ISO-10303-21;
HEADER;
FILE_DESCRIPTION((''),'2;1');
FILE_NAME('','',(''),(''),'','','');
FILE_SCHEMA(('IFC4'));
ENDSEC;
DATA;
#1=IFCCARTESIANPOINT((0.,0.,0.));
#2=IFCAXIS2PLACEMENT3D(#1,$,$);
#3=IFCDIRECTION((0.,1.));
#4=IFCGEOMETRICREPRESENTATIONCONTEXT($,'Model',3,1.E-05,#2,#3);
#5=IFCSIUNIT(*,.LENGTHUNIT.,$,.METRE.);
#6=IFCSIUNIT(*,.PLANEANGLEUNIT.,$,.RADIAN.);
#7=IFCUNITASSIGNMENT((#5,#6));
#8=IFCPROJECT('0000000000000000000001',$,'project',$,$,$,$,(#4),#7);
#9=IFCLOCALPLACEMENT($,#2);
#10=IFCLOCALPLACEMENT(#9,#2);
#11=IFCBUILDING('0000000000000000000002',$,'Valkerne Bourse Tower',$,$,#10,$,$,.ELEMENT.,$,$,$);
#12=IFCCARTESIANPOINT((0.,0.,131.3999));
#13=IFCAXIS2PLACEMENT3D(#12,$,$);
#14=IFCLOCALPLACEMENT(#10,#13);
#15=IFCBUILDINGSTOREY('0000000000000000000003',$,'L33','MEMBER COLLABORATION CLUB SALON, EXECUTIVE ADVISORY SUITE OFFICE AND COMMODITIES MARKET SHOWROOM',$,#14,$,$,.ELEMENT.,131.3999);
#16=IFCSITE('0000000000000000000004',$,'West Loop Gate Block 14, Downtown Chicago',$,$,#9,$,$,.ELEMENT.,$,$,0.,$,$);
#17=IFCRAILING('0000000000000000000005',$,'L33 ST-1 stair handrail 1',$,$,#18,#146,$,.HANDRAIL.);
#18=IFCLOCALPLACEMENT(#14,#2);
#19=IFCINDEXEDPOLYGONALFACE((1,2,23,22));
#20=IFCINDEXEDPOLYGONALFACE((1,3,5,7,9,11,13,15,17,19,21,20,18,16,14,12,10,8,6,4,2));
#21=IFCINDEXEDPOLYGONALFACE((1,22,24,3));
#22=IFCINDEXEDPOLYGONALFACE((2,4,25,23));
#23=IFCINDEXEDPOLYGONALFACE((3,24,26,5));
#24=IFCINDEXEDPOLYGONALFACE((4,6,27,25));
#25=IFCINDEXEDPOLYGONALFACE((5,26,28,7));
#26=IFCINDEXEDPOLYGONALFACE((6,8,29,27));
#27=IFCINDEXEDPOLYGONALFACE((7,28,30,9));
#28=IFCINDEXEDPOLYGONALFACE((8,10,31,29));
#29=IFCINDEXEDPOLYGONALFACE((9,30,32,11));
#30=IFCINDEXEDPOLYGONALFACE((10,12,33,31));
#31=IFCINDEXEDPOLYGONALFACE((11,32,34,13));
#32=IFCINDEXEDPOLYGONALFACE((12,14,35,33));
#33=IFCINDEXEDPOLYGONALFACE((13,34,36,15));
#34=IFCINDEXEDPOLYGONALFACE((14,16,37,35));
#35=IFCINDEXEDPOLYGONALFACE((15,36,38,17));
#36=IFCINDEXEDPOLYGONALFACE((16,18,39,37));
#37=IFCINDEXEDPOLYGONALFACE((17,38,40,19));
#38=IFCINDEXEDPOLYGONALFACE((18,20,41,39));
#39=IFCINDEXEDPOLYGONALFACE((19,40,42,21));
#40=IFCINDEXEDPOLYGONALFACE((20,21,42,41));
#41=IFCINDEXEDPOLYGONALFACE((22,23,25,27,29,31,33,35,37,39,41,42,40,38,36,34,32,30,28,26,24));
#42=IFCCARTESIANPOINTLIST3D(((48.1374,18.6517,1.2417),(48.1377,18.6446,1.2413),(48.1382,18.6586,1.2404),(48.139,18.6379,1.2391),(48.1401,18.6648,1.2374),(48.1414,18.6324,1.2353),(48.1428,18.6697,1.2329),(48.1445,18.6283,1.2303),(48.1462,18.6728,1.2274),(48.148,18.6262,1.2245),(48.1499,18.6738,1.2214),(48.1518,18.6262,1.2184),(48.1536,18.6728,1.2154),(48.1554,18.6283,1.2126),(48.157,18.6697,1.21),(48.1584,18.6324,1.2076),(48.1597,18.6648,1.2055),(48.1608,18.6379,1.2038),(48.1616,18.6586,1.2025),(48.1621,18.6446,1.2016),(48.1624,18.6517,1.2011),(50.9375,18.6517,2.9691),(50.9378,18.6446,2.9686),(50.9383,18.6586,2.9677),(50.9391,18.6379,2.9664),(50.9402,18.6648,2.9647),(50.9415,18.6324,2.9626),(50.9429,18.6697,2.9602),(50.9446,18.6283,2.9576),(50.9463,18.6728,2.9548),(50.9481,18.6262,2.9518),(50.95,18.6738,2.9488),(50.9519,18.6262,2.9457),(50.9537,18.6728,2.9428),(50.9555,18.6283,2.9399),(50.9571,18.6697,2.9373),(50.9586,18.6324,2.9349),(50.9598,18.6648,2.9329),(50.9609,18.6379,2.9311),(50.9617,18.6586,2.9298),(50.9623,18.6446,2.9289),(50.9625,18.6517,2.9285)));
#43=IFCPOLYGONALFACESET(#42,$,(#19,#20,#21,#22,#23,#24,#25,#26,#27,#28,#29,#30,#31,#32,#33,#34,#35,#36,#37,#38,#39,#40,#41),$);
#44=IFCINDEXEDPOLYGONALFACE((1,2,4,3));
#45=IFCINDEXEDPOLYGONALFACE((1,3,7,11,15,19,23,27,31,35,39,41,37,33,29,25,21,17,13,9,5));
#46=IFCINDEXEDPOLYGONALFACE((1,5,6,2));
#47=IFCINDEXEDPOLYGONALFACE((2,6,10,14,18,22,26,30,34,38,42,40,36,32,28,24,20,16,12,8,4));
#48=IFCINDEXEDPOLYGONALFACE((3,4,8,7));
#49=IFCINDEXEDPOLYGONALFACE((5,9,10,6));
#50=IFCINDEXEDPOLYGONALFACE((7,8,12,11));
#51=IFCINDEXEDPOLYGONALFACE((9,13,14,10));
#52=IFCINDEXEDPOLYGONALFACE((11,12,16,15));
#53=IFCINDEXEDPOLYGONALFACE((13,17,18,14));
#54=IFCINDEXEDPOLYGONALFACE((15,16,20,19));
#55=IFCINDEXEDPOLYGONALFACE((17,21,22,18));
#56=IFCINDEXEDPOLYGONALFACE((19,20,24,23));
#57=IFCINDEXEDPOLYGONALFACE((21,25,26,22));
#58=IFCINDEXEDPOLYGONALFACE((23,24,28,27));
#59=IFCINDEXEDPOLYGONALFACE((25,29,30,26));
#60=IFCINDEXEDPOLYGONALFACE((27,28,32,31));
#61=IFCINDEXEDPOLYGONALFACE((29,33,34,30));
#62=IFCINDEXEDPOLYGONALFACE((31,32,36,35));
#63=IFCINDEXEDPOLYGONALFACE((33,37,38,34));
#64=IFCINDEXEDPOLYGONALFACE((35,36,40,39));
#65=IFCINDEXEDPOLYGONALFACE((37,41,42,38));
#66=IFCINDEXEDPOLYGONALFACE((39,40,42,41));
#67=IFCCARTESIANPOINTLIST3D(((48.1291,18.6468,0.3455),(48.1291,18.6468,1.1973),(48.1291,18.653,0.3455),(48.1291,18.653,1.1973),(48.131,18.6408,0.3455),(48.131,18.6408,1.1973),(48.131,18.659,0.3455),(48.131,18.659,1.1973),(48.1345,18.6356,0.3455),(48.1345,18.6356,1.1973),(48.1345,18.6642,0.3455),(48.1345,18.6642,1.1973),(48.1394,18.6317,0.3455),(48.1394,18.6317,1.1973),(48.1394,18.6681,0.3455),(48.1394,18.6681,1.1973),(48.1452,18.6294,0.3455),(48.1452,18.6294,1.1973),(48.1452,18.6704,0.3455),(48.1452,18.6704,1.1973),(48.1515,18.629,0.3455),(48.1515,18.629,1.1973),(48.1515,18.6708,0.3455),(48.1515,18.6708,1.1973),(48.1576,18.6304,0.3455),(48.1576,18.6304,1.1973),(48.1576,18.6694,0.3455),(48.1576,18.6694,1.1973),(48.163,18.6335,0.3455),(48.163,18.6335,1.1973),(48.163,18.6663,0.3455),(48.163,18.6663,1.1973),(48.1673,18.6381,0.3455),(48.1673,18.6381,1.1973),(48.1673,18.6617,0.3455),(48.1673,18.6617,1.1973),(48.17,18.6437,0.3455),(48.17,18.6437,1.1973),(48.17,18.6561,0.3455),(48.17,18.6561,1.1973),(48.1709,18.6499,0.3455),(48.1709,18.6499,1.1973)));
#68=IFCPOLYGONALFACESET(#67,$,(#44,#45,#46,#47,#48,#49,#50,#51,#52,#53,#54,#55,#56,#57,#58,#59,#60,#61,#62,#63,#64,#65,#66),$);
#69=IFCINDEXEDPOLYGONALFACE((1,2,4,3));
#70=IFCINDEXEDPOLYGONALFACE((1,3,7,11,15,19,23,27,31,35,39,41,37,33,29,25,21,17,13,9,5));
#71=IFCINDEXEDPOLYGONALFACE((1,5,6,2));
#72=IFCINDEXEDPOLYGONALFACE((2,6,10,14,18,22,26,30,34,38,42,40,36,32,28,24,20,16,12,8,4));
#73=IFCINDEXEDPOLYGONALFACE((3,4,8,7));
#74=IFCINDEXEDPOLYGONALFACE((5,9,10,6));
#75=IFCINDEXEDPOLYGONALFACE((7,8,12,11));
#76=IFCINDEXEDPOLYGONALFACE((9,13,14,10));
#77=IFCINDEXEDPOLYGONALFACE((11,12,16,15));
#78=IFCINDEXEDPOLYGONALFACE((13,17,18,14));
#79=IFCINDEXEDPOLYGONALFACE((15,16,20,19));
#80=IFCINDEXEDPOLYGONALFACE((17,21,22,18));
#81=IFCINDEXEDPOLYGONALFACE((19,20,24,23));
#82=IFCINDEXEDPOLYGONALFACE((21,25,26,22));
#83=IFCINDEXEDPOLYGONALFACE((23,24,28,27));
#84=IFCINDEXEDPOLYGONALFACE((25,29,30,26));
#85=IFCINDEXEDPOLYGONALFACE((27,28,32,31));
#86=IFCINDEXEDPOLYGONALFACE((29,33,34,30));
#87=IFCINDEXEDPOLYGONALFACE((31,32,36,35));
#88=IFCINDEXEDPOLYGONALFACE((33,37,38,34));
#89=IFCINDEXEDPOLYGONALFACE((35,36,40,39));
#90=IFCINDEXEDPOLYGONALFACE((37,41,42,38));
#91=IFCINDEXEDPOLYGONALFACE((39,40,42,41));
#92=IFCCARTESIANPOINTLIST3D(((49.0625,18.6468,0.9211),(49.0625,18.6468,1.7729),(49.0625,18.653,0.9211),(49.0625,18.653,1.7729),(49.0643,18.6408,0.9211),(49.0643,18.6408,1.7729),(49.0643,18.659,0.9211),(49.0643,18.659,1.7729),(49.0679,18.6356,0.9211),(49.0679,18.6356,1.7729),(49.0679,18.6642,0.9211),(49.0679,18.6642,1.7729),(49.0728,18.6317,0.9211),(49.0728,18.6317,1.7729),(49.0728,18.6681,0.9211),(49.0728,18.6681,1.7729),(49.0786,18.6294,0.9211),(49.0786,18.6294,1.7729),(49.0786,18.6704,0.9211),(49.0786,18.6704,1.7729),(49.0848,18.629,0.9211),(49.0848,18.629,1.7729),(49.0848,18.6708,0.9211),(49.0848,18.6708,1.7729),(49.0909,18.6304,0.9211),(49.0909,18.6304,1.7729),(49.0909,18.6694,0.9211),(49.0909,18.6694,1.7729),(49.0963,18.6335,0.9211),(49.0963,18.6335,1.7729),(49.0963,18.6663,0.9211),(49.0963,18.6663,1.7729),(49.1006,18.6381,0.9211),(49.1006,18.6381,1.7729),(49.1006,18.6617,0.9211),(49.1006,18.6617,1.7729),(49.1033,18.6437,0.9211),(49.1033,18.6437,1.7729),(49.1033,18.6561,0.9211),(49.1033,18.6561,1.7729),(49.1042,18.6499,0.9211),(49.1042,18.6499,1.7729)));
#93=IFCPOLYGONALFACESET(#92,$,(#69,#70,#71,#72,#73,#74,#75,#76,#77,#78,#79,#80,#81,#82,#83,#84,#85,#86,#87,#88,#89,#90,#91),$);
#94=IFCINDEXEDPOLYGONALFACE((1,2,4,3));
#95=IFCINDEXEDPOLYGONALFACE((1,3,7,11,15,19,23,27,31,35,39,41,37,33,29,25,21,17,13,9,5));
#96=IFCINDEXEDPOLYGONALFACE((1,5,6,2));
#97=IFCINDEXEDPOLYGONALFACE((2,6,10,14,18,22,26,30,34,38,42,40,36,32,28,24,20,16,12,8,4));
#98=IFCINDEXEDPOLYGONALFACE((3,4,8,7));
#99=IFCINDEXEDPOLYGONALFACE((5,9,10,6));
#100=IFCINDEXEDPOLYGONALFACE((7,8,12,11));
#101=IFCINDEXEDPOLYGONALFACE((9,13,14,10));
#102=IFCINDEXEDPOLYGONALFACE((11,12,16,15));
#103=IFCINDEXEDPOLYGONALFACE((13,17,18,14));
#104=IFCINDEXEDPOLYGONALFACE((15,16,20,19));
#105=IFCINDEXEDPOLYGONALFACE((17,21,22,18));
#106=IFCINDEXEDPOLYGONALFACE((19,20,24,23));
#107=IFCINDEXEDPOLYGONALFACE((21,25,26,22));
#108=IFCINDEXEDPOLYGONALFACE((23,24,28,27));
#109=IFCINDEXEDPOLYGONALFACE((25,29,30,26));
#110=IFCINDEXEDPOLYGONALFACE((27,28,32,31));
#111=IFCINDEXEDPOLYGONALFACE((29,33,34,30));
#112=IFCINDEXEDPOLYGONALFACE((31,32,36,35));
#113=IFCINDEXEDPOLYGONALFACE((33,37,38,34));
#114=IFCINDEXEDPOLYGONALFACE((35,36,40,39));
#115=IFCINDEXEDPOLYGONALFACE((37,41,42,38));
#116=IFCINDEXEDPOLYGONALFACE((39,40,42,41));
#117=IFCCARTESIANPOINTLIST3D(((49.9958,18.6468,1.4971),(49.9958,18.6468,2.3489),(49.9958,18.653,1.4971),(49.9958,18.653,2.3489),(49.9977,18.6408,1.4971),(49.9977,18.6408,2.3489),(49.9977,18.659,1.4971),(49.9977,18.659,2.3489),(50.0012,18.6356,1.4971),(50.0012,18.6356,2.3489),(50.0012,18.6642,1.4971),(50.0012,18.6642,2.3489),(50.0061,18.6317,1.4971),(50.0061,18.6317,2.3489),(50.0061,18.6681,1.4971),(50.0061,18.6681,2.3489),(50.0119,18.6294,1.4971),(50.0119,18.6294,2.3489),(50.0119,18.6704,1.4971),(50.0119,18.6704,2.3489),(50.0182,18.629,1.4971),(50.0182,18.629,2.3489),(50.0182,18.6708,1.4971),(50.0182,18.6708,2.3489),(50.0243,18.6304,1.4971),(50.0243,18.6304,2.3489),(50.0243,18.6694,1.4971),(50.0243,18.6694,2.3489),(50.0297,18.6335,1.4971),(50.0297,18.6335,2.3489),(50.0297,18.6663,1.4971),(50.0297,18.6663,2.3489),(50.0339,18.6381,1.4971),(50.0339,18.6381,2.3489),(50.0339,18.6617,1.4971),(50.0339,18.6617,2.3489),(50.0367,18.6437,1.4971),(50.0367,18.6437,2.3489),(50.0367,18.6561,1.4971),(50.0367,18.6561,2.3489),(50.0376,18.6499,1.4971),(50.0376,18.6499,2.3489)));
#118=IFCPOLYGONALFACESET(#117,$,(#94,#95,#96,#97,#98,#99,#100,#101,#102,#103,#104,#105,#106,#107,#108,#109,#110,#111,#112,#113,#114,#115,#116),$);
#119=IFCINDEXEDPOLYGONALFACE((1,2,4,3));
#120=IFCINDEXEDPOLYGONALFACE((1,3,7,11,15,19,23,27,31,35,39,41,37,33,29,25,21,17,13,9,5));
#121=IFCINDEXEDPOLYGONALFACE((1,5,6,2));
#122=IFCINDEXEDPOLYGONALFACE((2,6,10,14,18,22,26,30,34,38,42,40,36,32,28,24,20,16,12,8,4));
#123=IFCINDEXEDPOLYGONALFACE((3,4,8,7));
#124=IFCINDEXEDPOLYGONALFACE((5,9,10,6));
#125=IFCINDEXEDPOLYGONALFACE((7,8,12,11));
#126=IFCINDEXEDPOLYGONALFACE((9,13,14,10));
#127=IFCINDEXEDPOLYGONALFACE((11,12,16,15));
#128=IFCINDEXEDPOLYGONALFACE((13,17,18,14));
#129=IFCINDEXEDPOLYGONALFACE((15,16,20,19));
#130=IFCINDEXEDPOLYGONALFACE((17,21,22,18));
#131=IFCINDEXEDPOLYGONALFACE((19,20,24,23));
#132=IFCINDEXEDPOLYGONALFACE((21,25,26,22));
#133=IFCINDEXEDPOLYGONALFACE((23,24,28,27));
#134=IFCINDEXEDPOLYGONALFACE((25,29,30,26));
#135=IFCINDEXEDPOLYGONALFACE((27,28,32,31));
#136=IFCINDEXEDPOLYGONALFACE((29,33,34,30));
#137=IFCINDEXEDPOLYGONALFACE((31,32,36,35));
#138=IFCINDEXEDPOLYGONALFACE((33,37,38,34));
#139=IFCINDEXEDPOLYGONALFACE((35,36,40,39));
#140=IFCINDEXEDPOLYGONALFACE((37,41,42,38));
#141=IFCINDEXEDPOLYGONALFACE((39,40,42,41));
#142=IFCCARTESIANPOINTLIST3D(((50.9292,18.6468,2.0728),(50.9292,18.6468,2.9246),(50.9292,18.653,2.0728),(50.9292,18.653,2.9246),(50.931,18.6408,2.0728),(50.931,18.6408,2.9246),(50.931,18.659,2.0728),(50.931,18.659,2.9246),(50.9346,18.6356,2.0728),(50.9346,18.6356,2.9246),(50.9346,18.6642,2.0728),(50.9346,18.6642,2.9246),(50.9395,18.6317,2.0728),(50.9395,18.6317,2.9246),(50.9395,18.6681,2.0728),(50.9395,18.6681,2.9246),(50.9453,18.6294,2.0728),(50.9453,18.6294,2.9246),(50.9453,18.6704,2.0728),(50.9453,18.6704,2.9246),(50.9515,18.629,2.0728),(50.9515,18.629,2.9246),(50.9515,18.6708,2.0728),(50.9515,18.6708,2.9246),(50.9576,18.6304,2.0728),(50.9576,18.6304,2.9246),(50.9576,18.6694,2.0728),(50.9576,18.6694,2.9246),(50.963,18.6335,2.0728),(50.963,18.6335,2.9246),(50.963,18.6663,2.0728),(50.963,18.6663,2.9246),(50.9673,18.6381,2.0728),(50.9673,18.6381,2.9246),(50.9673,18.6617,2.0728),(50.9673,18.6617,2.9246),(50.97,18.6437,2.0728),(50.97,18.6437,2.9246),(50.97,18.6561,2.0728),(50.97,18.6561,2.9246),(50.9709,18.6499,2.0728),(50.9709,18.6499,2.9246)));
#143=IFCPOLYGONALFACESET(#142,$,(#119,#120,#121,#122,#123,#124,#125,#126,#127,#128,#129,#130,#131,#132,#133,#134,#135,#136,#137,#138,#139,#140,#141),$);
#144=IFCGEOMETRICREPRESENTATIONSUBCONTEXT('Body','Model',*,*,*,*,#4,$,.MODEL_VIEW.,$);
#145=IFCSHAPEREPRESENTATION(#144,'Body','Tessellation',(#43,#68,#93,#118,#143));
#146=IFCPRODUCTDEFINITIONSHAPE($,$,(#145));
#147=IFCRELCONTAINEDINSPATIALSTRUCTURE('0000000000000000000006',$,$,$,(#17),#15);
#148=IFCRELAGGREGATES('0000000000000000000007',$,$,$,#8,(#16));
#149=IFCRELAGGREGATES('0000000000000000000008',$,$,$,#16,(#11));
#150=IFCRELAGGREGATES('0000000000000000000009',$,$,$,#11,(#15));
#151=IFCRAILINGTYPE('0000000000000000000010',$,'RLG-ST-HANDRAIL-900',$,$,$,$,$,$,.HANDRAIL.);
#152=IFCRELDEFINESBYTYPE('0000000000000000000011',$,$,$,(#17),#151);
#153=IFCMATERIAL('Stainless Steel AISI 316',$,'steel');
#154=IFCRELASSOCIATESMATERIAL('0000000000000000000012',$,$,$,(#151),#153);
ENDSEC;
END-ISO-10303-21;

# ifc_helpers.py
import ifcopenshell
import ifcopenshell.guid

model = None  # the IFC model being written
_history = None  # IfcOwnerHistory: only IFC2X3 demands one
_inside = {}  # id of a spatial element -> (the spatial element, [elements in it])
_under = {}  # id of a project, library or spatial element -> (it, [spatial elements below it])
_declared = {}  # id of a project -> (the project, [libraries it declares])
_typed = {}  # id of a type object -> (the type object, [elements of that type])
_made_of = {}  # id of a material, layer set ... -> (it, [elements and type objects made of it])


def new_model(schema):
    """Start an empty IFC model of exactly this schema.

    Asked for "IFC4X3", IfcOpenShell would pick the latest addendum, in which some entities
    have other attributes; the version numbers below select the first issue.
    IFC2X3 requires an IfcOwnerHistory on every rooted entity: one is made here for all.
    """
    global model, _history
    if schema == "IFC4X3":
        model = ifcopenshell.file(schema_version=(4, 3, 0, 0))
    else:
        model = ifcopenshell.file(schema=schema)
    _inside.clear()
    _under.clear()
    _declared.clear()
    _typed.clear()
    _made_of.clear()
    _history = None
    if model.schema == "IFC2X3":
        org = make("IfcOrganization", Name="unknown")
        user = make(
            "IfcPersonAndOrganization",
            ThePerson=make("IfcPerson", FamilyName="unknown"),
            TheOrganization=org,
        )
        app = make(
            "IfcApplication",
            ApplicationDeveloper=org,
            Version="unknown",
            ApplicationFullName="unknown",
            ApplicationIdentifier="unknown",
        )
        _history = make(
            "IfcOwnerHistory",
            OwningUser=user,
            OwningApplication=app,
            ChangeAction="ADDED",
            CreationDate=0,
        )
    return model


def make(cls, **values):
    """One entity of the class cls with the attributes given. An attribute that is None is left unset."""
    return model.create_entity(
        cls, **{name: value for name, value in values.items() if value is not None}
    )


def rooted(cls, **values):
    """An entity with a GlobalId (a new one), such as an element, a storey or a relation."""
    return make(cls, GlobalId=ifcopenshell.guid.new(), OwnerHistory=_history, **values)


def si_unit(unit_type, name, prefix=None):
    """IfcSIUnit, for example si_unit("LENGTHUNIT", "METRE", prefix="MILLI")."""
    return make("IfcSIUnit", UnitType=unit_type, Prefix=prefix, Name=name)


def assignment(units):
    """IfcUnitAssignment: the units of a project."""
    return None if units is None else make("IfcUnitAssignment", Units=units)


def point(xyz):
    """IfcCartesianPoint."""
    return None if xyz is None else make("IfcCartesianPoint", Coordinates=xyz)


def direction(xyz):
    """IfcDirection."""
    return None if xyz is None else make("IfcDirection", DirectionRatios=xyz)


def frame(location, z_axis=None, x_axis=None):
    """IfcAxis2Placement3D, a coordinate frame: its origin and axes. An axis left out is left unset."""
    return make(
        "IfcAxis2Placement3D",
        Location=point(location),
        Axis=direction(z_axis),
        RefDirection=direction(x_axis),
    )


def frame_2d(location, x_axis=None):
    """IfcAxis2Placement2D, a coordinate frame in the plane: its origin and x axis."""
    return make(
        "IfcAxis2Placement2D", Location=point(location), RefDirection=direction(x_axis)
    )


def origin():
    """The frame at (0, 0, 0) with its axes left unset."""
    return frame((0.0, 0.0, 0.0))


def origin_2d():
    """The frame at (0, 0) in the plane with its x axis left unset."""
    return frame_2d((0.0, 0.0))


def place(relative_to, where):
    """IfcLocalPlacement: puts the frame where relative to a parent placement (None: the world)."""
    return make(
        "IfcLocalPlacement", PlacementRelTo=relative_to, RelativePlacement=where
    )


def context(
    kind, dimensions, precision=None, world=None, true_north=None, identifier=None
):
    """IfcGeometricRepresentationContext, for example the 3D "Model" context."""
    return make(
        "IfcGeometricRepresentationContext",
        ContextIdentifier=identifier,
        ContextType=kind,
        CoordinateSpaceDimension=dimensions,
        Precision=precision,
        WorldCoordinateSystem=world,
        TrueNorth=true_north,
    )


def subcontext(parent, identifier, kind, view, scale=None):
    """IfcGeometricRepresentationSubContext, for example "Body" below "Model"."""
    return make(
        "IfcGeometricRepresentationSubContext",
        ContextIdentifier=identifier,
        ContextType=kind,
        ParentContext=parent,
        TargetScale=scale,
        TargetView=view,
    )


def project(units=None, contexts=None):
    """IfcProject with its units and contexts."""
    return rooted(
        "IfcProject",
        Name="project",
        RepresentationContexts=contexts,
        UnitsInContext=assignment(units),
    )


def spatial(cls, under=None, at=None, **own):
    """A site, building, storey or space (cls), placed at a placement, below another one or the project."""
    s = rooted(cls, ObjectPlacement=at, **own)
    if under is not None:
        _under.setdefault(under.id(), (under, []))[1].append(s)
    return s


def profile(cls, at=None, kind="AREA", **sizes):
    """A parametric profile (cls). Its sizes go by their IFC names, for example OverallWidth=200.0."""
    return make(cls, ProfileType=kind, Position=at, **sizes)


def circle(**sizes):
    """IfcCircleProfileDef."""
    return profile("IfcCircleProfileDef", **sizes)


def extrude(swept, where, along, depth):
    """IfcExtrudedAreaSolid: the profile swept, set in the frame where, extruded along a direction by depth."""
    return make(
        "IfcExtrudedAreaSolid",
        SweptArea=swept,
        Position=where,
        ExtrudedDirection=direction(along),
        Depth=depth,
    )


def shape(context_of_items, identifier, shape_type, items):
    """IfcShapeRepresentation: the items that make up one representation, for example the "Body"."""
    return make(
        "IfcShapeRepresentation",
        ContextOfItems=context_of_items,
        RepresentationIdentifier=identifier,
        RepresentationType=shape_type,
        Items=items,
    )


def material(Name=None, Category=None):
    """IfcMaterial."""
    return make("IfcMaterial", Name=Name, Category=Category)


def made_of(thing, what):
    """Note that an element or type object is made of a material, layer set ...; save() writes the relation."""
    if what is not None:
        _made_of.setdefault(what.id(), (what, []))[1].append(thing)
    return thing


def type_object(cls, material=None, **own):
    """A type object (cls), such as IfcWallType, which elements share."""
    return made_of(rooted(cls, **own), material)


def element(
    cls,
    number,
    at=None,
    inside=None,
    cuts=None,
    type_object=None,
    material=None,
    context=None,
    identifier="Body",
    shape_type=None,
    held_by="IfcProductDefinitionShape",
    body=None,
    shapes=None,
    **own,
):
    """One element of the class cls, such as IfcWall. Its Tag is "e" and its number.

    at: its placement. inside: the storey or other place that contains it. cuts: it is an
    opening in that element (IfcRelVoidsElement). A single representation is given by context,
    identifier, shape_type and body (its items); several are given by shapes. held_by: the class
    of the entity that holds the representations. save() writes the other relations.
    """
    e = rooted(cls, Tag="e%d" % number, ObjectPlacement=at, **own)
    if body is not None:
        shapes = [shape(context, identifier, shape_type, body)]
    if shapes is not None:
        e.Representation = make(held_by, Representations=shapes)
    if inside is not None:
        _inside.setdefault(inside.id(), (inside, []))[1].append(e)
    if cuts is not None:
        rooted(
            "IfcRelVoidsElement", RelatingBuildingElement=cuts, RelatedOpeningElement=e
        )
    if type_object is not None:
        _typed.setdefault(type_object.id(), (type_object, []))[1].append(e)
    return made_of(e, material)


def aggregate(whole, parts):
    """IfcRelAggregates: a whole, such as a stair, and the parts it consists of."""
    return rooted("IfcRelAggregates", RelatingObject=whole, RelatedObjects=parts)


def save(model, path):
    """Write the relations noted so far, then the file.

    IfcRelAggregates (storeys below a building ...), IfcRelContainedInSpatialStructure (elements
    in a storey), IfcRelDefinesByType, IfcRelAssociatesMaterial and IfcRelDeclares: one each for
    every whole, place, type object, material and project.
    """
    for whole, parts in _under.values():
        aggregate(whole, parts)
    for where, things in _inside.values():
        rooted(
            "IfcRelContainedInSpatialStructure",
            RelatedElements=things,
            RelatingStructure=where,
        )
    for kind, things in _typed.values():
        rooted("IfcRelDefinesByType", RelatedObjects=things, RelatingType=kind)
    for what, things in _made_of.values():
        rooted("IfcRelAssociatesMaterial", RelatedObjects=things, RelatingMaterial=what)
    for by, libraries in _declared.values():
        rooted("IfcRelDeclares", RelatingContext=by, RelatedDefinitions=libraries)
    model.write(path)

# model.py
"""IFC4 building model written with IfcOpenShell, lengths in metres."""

from ifc_helpers import new_model, si_unit, direction, frame, origin, origin_2d, place, context, subcontext, project, spatial, circle, extrude, material, type_object, element, save


model = new_model("IFC4")

# Units and contexts
model_context = context("Model", 3, precision=1e-05, world=origin(), true_north=direction((0.0, 1.0)))
body_context = subcontext(model_context, "Body", "Model", "MODEL_VIEW")
ifc_project = project(units=[si_unit("LENGTHUNIT", "METRE"), si_unit("PLANEANGLEUNIT", "RADIAN")], contexts=[model_context])

# Site, building, storey
site_placement = place(None, origin())
site = spatial("IfcSite", under=ifc_project, at=site_placement, Name="West Loop Gate Block 14, Downtown Chicago", CompositionType="ELEMENT", RefElevation=0.0)
building_placement = place(site_placement, origin())
building = spatial("IfcBuilding", under=site, at=building_placement, Name="Valkerne Bourse Tower", CompositionType="ELEMENT")
storey_placement = place(building_placement, frame((0.0, 0.0, 131.3999)))
storey = spatial("IfcBuildingStorey", under=building, at=storey_placement, Name="L33", Description="MEMBER COLLABORATION CLUB SALON, EXECUTIVE ADVISORY SUITE OFFICE AND COMMODITIES MARKET SHOWROOM", CompositionType="ELEMENT", Elevation=131.3999)

# Shared definitions
ifc_material_1 = material(Name="Stainless Steel AISI 316", Category="steel")

# Railing
railing_type_1 = type_object("IfcRailingType", Name="RLG-ST-HANDRAIL-900", PredefinedType="HANDRAIL", material=ifc_material_1)
railing_1_placement = place(storey_placement, frame((48.1499, 18.6499, 0.3455)))
element("IfcRailing", 1, at=railing_1_placement, inside=storey, type_object=railing_type_1, Name="L33 ST-1 stair handrail 1", PredefinedType="HANDRAIL", context=body_context, shape_type="SweptSolid", body=[
    extrude(circle(Radius=0.0239, at=origin_2d()), frame((0.0, 0.0, 0.876), z_axis=(0.85109, 0.0, 0.52502), x_axis=(0.0, 1.0, 0.0)), (0.0, 0.0, 1.0), 3.29),
    extrude(circle(Radius=0.021, at=origin_2d()), origin(), (0.0, 0.0, 1.0), 0.8518),
    extrude(circle(Radius=0.021, at=origin_2d()), frame((0.9333, 0.0, 0.5757)), (0.0, 0.0, 1.0), 0.8518),
    extrude(circle(Radius=0.021, at=origin_2d()), frame((1.8667, 0.0, 1.1516)), (0.0, 0.0, 1.0), 0.8518),
    extrude(circle(Radius=0.021, at=origin_2d()), frame((2.8, 0.0, 1.7273)), (0.0, 0.0, 1.0), 0.8518),
])

save(model, "model.ifc")
